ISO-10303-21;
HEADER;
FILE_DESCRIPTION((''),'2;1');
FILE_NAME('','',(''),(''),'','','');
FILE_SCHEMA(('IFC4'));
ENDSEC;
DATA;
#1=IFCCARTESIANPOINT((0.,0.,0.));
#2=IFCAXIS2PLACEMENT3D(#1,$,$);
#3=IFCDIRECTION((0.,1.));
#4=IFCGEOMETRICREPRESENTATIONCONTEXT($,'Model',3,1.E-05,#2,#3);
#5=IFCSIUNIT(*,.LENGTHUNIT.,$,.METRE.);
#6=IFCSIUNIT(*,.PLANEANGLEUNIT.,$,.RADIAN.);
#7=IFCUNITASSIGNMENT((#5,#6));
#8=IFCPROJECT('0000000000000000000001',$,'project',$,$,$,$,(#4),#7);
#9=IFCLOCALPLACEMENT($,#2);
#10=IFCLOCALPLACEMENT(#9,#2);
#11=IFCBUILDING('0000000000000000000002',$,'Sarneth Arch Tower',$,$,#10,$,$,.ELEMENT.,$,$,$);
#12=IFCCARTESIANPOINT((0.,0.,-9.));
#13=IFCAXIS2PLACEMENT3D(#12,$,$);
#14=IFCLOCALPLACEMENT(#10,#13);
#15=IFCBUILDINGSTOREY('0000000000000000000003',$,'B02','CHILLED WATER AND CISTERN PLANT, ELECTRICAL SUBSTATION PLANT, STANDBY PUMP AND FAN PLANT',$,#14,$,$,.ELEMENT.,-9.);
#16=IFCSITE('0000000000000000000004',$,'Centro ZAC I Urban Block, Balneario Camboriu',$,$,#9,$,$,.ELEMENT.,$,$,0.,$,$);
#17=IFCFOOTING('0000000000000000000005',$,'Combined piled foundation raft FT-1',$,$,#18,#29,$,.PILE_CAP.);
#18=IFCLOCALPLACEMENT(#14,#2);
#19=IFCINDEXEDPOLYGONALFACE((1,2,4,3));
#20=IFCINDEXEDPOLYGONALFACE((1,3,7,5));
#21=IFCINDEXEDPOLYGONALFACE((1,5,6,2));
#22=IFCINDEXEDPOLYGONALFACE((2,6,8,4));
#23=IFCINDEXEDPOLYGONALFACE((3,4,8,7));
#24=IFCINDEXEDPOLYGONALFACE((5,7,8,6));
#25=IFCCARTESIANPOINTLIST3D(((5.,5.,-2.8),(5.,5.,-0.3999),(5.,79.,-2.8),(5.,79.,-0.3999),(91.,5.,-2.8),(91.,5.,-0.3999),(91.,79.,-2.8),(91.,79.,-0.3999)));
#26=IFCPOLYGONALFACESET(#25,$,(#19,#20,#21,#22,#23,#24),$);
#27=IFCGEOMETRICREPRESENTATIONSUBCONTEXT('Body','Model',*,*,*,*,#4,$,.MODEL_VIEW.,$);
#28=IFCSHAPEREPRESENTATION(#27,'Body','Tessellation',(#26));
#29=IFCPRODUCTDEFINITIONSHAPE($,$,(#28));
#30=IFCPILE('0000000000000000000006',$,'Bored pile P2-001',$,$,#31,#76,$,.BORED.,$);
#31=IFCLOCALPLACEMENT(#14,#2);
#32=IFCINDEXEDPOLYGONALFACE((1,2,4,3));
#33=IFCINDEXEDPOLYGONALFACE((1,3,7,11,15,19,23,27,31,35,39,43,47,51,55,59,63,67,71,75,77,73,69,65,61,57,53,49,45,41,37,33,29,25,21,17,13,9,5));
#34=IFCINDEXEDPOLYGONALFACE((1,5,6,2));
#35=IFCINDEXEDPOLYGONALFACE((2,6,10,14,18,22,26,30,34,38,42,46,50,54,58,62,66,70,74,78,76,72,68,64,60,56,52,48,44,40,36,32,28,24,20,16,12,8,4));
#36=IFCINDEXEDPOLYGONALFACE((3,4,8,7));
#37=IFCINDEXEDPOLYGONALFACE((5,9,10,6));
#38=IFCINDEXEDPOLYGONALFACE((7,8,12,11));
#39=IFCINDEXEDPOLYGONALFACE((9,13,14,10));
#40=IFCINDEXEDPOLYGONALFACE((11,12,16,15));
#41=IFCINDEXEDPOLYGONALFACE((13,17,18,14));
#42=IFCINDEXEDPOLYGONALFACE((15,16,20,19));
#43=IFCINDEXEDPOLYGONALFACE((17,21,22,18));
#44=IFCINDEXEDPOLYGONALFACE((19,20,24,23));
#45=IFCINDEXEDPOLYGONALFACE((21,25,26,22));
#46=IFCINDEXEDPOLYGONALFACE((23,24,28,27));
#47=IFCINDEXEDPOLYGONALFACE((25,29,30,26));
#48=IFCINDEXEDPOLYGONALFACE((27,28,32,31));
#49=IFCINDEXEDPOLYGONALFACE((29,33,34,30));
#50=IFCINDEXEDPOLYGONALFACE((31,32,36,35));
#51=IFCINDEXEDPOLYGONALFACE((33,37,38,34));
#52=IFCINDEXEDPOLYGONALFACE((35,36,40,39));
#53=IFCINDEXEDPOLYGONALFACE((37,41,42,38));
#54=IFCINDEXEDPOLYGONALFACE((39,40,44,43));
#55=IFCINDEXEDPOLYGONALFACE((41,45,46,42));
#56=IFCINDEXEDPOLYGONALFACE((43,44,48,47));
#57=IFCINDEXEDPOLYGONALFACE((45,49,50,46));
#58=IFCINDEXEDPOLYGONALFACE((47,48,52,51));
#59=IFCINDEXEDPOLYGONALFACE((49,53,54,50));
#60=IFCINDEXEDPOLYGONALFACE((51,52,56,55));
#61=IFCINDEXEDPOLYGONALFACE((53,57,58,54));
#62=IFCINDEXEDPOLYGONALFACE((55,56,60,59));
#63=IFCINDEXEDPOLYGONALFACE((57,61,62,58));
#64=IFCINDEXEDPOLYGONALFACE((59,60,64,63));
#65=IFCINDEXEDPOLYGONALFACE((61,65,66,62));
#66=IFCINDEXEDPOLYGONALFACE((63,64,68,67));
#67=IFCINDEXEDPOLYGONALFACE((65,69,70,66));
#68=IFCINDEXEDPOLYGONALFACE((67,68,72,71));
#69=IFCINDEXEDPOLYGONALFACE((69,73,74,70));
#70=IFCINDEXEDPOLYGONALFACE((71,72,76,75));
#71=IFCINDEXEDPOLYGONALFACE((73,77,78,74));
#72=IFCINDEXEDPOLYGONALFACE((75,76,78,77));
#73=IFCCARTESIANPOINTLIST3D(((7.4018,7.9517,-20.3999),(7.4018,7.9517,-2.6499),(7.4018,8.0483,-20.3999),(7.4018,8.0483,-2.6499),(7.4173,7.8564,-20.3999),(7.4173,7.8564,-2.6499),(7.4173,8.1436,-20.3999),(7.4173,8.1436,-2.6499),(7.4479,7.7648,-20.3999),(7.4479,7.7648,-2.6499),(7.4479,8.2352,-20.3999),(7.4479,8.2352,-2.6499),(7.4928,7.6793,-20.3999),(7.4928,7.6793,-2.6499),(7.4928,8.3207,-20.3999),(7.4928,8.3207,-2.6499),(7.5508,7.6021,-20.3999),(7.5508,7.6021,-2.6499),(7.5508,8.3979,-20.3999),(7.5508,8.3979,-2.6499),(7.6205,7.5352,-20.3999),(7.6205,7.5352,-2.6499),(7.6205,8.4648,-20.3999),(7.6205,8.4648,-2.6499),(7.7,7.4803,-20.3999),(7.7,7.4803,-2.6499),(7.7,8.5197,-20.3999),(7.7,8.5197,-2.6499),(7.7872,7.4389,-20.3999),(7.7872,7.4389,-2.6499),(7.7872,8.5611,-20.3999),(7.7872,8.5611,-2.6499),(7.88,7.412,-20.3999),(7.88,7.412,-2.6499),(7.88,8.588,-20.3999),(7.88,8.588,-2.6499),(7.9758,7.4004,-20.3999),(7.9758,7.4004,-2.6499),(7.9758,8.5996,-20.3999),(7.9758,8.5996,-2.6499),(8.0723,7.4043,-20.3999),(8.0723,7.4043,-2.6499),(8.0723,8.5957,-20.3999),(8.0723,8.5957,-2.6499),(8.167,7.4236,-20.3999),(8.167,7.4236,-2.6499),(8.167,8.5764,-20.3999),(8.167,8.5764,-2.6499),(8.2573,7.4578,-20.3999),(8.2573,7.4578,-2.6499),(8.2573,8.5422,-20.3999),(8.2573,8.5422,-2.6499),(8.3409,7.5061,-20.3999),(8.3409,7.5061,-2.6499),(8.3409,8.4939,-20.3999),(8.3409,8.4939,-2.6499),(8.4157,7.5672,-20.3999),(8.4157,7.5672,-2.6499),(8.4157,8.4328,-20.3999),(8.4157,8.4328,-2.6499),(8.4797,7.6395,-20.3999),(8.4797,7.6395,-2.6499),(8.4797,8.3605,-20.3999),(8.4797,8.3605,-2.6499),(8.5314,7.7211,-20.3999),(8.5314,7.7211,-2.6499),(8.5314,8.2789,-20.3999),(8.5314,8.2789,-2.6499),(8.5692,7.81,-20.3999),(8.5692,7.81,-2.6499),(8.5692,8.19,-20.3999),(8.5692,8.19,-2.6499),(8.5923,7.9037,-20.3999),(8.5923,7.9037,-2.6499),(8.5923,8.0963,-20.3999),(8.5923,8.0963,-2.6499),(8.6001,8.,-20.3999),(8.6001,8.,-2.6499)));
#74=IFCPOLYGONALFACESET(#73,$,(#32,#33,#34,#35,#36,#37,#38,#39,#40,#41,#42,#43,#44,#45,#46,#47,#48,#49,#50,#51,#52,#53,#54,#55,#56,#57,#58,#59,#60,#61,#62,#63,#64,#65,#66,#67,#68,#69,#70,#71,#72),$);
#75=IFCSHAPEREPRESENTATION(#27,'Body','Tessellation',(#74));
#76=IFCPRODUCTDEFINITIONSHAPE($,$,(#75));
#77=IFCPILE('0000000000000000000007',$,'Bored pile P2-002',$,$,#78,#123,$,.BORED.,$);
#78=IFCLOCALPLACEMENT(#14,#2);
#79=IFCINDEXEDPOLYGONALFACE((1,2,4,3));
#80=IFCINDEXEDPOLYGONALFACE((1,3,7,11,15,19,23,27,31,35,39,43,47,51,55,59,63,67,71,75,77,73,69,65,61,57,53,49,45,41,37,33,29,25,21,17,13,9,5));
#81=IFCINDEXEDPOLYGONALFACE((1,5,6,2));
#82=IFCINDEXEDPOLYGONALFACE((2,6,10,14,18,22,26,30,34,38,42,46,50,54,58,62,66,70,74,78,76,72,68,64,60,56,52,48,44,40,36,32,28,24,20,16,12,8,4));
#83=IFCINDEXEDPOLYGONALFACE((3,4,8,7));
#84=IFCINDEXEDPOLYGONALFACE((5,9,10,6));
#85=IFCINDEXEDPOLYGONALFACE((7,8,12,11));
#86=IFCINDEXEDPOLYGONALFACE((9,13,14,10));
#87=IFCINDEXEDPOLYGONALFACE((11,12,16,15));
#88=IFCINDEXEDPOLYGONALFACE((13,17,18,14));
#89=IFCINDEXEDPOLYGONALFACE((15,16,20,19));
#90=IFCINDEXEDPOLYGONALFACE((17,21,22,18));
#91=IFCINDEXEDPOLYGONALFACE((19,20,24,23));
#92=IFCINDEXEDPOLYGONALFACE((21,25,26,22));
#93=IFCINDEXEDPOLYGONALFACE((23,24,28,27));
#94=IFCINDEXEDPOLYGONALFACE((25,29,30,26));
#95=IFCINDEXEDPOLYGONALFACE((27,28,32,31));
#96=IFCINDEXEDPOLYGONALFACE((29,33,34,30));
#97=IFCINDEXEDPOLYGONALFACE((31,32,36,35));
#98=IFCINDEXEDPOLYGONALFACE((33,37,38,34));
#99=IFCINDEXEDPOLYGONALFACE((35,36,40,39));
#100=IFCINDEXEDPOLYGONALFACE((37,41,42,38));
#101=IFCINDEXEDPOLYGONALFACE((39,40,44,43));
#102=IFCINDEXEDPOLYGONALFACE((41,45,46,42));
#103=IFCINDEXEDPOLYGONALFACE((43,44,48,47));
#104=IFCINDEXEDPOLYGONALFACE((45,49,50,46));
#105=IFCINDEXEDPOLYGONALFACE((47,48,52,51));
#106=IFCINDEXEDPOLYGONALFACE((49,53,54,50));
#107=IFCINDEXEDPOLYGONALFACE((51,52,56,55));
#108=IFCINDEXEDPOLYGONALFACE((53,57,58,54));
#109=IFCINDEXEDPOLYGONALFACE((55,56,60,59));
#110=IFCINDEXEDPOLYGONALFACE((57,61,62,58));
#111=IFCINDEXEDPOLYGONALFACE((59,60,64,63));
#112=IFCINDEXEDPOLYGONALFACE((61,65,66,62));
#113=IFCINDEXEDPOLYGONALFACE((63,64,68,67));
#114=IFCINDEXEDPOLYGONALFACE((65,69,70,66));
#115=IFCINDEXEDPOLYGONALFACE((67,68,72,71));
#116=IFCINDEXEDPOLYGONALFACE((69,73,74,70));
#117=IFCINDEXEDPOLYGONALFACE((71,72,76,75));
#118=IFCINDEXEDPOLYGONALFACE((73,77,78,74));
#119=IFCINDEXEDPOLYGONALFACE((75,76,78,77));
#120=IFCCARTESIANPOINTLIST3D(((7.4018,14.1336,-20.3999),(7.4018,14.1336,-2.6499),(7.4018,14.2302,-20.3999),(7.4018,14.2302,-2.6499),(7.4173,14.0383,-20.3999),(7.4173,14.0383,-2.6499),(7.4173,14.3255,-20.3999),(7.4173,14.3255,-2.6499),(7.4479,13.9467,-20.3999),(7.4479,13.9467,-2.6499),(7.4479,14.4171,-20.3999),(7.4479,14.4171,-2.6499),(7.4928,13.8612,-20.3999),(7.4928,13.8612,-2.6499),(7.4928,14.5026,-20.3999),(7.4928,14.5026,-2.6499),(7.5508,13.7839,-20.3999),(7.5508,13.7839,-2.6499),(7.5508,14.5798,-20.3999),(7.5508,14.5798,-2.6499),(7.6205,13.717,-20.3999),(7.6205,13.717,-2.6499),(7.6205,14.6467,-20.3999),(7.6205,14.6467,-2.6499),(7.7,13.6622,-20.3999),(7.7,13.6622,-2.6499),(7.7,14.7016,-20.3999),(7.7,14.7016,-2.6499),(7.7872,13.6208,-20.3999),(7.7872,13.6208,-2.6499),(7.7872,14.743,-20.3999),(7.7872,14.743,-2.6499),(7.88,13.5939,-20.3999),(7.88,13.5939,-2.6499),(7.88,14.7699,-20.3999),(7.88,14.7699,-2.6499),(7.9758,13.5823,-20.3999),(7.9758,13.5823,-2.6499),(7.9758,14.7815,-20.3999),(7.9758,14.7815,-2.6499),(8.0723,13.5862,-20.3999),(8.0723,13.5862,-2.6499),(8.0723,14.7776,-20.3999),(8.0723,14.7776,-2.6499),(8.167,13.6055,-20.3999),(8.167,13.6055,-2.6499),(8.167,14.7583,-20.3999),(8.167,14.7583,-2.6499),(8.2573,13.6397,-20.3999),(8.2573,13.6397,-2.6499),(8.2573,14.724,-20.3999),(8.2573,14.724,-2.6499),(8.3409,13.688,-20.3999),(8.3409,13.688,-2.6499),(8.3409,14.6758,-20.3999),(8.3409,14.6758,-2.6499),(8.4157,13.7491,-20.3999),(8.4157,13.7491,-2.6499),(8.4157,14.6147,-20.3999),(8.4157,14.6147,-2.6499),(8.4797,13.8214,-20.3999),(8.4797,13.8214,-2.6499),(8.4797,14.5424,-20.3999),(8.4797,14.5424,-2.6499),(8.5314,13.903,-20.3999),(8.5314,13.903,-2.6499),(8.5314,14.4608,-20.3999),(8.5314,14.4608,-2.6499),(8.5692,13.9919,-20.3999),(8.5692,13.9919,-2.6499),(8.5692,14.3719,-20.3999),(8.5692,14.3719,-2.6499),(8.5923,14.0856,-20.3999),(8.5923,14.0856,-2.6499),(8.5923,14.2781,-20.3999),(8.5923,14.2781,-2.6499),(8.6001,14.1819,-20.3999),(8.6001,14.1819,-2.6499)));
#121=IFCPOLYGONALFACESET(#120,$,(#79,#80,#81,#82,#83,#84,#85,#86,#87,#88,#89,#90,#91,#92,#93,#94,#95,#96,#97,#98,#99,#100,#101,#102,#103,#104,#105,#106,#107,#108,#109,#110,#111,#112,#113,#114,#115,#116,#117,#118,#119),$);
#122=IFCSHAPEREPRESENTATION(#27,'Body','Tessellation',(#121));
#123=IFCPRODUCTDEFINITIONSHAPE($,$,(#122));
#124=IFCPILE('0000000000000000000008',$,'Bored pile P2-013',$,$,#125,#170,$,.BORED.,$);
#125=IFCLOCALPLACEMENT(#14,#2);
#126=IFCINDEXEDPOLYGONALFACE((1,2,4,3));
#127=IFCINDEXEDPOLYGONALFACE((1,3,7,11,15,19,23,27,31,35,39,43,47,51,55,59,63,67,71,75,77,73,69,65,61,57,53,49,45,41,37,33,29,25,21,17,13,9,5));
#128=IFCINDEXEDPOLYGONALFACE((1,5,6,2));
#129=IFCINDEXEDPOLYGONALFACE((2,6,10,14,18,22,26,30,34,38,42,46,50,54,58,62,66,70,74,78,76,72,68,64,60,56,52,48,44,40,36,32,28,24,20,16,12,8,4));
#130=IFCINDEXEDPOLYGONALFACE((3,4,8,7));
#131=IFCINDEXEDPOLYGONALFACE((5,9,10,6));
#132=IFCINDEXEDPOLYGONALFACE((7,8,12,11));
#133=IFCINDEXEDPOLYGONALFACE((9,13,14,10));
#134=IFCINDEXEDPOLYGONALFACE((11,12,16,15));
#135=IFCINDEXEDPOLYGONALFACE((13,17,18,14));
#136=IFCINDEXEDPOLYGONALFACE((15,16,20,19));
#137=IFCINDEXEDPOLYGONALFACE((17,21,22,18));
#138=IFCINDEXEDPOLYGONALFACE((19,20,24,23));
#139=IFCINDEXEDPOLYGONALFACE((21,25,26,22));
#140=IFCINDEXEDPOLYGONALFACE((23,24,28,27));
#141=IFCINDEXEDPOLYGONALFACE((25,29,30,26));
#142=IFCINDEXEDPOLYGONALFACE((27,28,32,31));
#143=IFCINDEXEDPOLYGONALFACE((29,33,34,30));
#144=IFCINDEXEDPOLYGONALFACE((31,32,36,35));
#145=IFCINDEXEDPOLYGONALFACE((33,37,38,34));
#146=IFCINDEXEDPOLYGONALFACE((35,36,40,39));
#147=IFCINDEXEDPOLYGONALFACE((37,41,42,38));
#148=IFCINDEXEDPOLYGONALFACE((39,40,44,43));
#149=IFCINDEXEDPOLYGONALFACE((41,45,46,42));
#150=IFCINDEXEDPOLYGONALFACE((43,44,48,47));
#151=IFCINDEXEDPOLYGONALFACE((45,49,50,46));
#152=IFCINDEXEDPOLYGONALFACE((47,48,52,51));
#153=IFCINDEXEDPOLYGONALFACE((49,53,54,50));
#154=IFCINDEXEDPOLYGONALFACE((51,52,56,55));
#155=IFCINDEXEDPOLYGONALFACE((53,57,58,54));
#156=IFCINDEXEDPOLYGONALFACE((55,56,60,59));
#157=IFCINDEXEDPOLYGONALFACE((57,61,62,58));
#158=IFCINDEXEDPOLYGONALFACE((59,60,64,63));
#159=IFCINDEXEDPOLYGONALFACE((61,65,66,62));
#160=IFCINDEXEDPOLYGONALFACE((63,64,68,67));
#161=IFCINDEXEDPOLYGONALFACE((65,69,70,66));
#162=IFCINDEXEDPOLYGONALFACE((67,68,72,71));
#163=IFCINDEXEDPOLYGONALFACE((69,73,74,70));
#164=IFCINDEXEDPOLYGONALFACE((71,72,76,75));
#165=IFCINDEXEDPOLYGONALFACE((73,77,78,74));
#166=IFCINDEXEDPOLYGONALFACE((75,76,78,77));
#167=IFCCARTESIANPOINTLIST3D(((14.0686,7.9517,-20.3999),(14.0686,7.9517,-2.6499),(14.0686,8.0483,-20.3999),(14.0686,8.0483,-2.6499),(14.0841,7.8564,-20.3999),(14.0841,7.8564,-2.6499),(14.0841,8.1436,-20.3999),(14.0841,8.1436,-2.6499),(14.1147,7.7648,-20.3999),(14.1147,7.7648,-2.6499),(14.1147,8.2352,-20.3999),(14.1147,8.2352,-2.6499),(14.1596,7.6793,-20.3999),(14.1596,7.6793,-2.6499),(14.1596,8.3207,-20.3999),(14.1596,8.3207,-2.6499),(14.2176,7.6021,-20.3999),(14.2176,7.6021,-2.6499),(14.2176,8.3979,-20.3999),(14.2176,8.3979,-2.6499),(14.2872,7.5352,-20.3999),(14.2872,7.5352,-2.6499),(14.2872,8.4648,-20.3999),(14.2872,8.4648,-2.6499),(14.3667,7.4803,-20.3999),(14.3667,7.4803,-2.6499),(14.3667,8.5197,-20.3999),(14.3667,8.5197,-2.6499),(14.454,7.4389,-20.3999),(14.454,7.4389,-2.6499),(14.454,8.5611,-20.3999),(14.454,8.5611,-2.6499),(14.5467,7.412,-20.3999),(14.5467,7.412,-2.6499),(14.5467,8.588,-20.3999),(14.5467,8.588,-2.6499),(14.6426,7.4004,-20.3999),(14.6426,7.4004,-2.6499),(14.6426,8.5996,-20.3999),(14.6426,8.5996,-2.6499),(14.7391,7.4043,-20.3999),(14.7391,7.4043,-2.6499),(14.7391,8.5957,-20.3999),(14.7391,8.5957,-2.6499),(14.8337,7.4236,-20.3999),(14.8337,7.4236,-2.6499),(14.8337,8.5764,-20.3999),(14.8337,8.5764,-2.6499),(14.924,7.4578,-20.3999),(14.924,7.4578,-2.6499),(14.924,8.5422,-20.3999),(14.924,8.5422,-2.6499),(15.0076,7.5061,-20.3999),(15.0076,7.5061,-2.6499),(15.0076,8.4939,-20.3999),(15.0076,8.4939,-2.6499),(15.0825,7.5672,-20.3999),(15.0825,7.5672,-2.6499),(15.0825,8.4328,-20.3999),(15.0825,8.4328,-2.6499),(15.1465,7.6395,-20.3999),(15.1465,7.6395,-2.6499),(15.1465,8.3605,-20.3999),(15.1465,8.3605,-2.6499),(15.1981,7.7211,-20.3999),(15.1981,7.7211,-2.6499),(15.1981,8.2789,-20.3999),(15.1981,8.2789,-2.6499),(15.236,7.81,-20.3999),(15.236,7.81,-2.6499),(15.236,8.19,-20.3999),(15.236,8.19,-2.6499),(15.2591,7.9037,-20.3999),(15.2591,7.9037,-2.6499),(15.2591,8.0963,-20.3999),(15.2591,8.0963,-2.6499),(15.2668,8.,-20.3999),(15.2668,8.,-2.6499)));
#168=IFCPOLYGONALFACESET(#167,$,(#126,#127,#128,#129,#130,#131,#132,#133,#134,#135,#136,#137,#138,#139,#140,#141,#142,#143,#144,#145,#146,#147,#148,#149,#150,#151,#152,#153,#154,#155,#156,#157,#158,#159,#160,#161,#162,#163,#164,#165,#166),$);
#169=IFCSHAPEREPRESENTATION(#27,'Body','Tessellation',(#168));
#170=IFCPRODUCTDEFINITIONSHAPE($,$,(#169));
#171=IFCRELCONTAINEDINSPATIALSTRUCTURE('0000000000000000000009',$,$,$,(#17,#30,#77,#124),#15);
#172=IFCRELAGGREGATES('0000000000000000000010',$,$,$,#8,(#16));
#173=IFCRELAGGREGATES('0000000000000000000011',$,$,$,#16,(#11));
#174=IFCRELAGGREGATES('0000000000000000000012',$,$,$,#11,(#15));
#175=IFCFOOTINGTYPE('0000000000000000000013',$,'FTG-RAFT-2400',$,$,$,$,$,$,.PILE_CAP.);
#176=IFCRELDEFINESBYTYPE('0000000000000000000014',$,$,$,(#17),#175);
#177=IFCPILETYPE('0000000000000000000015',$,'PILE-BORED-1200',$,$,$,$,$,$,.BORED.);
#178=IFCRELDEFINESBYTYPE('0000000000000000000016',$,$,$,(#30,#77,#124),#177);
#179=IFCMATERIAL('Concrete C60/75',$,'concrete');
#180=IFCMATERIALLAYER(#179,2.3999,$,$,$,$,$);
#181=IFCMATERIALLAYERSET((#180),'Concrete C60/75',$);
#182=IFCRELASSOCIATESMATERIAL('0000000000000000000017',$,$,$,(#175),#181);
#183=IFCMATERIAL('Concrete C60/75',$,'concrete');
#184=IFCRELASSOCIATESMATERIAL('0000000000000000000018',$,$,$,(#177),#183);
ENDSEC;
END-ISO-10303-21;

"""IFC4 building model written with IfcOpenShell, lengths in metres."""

from ifc_helpers import new_model, si_unit, direction, frame, origin, origin_2d, place, context, subcontext, project, spatial, polyline, circle, outline, extrude, material, layer, layer_set, material_profile, profile_set, type_object, element, save


model = new_model("IFC4")

# Units and contexts
model_context = context("Model", 3, precision=1e-05, world=origin(), true_north=direction((0.0, 1.0)))
body_context = subcontext(model_context, "Body", "Model", "MODEL_VIEW")
ifc_project = project(units=[si_unit("LENGTHUNIT", "METRE"), si_unit("PLANEANGLEUNIT", "RADIAN")], contexts=[model_context])

# Site, building, storey
site_placement = place(None, origin())
site = spatial("IfcSite", under=ifc_project, at=site_placement, Name="Centro ZAC I Urban Block, Balneario Camboriu", CompositionType="ELEMENT", RefElevation=0.0)
building_placement = place(site_placement, origin())
building = spatial("IfcBuilding", under=site, at=building_placement, Name="Sarneth Arch Tower", CompositionType="ELEMENT")
storey_placement = place(building_placement, frame((0.0, 0.0, -9.0)))
storey = spatial("IfcBuildingStorey", under=building, at=storey_placement, Name="B02", Description="CHILLED WATER AND CISTERN PLANT, ELECTRICAL SUBSTATION PLANT, STANDBY PUMP AND FAN PLANT", CompositionType="ELEMENT", Elevation=-9.0)

# Footing
ifc_material_1 = material(Name="Concrete C60/75", Category="concrete")
ifc_layer_1 = layer(ifc_material_1, 2.3999)
ifc_layer_set_1 = layer_set([ifc_layer_1], Name="Concrete C60/75")
footing_type = type_object("IfcFootingType", Name="FTG-RAFT-2400", PredefinedType="PILE_CAP", material=ifc_layer_set_1)
footing_placement = place(storey_placement, frame((0.0, 0.0, -2.8)))
element("IfcFooting", 1, at=footing_placement, inside=storey, type_object=footing_type, Name="Combined piled foundation raft FT-1", PredefinedType="PILE_CAP", context=body_context, shape_type="SweptSolid", body=[
    extrude(outline(polyline([(5.0, 5.0), (91.0, 5.0), (91.0, 79.0), (5.0, 79.0), (5.0, 5.0)])), origin(), (0.0, 0.0, 1.0), 2.4001),
])

# Piles
ifc_material_2 = material(Name="Concrete C60/75", Category="concrete")
ifc_material_profile_1 = material_profile(ifc_material_2, circle(Radius=0.6001, at=origin_2d()), Name="PILE-D1200")
ifc_profile_set_1 = profile_set([ifc_material_profile_1], Name="Concrete C60/75")
pile_type_1 = type_object("IfcPileType", Name="PILE-BORED-1200", PredefinedType="BORED", material=ifc_profile_set_1)
for number, where, z_axis, x_axis, name in (
    (2, (8.0, 8.0, -2.6499), (0.0, 0.0, -1.0), (1.0, 0.0, 0.0), "Bored pile P2-001"),
    (3, (8.0, 14.1819, -2.6499), (0.0, 0.0, -1.0), (1.0, 0.0, 0.0), "Bored pile P2-002"),
    (4, (14.6667, 8.0, -2.6499), (0.0, 0.0, -1.0), (1.0, 0.0, 0.0), "Bored pile P2-013"),
):
    element("IfcPile", number, at=place(storey_placement, frame(where, z_axis=z_axis, x_axis=x_axis)), inside=storey, type_object=pile_type_1, Name=name, PredefinedType="BORED", context=body_context, shape_type="SweptSolid", body=[
        extrude(circle(Radius=0.6001, at=origin_2d()), origin(), (0.0, 0.0, 1.0), 17.75),
    ])

save(model, "model.ifc")
